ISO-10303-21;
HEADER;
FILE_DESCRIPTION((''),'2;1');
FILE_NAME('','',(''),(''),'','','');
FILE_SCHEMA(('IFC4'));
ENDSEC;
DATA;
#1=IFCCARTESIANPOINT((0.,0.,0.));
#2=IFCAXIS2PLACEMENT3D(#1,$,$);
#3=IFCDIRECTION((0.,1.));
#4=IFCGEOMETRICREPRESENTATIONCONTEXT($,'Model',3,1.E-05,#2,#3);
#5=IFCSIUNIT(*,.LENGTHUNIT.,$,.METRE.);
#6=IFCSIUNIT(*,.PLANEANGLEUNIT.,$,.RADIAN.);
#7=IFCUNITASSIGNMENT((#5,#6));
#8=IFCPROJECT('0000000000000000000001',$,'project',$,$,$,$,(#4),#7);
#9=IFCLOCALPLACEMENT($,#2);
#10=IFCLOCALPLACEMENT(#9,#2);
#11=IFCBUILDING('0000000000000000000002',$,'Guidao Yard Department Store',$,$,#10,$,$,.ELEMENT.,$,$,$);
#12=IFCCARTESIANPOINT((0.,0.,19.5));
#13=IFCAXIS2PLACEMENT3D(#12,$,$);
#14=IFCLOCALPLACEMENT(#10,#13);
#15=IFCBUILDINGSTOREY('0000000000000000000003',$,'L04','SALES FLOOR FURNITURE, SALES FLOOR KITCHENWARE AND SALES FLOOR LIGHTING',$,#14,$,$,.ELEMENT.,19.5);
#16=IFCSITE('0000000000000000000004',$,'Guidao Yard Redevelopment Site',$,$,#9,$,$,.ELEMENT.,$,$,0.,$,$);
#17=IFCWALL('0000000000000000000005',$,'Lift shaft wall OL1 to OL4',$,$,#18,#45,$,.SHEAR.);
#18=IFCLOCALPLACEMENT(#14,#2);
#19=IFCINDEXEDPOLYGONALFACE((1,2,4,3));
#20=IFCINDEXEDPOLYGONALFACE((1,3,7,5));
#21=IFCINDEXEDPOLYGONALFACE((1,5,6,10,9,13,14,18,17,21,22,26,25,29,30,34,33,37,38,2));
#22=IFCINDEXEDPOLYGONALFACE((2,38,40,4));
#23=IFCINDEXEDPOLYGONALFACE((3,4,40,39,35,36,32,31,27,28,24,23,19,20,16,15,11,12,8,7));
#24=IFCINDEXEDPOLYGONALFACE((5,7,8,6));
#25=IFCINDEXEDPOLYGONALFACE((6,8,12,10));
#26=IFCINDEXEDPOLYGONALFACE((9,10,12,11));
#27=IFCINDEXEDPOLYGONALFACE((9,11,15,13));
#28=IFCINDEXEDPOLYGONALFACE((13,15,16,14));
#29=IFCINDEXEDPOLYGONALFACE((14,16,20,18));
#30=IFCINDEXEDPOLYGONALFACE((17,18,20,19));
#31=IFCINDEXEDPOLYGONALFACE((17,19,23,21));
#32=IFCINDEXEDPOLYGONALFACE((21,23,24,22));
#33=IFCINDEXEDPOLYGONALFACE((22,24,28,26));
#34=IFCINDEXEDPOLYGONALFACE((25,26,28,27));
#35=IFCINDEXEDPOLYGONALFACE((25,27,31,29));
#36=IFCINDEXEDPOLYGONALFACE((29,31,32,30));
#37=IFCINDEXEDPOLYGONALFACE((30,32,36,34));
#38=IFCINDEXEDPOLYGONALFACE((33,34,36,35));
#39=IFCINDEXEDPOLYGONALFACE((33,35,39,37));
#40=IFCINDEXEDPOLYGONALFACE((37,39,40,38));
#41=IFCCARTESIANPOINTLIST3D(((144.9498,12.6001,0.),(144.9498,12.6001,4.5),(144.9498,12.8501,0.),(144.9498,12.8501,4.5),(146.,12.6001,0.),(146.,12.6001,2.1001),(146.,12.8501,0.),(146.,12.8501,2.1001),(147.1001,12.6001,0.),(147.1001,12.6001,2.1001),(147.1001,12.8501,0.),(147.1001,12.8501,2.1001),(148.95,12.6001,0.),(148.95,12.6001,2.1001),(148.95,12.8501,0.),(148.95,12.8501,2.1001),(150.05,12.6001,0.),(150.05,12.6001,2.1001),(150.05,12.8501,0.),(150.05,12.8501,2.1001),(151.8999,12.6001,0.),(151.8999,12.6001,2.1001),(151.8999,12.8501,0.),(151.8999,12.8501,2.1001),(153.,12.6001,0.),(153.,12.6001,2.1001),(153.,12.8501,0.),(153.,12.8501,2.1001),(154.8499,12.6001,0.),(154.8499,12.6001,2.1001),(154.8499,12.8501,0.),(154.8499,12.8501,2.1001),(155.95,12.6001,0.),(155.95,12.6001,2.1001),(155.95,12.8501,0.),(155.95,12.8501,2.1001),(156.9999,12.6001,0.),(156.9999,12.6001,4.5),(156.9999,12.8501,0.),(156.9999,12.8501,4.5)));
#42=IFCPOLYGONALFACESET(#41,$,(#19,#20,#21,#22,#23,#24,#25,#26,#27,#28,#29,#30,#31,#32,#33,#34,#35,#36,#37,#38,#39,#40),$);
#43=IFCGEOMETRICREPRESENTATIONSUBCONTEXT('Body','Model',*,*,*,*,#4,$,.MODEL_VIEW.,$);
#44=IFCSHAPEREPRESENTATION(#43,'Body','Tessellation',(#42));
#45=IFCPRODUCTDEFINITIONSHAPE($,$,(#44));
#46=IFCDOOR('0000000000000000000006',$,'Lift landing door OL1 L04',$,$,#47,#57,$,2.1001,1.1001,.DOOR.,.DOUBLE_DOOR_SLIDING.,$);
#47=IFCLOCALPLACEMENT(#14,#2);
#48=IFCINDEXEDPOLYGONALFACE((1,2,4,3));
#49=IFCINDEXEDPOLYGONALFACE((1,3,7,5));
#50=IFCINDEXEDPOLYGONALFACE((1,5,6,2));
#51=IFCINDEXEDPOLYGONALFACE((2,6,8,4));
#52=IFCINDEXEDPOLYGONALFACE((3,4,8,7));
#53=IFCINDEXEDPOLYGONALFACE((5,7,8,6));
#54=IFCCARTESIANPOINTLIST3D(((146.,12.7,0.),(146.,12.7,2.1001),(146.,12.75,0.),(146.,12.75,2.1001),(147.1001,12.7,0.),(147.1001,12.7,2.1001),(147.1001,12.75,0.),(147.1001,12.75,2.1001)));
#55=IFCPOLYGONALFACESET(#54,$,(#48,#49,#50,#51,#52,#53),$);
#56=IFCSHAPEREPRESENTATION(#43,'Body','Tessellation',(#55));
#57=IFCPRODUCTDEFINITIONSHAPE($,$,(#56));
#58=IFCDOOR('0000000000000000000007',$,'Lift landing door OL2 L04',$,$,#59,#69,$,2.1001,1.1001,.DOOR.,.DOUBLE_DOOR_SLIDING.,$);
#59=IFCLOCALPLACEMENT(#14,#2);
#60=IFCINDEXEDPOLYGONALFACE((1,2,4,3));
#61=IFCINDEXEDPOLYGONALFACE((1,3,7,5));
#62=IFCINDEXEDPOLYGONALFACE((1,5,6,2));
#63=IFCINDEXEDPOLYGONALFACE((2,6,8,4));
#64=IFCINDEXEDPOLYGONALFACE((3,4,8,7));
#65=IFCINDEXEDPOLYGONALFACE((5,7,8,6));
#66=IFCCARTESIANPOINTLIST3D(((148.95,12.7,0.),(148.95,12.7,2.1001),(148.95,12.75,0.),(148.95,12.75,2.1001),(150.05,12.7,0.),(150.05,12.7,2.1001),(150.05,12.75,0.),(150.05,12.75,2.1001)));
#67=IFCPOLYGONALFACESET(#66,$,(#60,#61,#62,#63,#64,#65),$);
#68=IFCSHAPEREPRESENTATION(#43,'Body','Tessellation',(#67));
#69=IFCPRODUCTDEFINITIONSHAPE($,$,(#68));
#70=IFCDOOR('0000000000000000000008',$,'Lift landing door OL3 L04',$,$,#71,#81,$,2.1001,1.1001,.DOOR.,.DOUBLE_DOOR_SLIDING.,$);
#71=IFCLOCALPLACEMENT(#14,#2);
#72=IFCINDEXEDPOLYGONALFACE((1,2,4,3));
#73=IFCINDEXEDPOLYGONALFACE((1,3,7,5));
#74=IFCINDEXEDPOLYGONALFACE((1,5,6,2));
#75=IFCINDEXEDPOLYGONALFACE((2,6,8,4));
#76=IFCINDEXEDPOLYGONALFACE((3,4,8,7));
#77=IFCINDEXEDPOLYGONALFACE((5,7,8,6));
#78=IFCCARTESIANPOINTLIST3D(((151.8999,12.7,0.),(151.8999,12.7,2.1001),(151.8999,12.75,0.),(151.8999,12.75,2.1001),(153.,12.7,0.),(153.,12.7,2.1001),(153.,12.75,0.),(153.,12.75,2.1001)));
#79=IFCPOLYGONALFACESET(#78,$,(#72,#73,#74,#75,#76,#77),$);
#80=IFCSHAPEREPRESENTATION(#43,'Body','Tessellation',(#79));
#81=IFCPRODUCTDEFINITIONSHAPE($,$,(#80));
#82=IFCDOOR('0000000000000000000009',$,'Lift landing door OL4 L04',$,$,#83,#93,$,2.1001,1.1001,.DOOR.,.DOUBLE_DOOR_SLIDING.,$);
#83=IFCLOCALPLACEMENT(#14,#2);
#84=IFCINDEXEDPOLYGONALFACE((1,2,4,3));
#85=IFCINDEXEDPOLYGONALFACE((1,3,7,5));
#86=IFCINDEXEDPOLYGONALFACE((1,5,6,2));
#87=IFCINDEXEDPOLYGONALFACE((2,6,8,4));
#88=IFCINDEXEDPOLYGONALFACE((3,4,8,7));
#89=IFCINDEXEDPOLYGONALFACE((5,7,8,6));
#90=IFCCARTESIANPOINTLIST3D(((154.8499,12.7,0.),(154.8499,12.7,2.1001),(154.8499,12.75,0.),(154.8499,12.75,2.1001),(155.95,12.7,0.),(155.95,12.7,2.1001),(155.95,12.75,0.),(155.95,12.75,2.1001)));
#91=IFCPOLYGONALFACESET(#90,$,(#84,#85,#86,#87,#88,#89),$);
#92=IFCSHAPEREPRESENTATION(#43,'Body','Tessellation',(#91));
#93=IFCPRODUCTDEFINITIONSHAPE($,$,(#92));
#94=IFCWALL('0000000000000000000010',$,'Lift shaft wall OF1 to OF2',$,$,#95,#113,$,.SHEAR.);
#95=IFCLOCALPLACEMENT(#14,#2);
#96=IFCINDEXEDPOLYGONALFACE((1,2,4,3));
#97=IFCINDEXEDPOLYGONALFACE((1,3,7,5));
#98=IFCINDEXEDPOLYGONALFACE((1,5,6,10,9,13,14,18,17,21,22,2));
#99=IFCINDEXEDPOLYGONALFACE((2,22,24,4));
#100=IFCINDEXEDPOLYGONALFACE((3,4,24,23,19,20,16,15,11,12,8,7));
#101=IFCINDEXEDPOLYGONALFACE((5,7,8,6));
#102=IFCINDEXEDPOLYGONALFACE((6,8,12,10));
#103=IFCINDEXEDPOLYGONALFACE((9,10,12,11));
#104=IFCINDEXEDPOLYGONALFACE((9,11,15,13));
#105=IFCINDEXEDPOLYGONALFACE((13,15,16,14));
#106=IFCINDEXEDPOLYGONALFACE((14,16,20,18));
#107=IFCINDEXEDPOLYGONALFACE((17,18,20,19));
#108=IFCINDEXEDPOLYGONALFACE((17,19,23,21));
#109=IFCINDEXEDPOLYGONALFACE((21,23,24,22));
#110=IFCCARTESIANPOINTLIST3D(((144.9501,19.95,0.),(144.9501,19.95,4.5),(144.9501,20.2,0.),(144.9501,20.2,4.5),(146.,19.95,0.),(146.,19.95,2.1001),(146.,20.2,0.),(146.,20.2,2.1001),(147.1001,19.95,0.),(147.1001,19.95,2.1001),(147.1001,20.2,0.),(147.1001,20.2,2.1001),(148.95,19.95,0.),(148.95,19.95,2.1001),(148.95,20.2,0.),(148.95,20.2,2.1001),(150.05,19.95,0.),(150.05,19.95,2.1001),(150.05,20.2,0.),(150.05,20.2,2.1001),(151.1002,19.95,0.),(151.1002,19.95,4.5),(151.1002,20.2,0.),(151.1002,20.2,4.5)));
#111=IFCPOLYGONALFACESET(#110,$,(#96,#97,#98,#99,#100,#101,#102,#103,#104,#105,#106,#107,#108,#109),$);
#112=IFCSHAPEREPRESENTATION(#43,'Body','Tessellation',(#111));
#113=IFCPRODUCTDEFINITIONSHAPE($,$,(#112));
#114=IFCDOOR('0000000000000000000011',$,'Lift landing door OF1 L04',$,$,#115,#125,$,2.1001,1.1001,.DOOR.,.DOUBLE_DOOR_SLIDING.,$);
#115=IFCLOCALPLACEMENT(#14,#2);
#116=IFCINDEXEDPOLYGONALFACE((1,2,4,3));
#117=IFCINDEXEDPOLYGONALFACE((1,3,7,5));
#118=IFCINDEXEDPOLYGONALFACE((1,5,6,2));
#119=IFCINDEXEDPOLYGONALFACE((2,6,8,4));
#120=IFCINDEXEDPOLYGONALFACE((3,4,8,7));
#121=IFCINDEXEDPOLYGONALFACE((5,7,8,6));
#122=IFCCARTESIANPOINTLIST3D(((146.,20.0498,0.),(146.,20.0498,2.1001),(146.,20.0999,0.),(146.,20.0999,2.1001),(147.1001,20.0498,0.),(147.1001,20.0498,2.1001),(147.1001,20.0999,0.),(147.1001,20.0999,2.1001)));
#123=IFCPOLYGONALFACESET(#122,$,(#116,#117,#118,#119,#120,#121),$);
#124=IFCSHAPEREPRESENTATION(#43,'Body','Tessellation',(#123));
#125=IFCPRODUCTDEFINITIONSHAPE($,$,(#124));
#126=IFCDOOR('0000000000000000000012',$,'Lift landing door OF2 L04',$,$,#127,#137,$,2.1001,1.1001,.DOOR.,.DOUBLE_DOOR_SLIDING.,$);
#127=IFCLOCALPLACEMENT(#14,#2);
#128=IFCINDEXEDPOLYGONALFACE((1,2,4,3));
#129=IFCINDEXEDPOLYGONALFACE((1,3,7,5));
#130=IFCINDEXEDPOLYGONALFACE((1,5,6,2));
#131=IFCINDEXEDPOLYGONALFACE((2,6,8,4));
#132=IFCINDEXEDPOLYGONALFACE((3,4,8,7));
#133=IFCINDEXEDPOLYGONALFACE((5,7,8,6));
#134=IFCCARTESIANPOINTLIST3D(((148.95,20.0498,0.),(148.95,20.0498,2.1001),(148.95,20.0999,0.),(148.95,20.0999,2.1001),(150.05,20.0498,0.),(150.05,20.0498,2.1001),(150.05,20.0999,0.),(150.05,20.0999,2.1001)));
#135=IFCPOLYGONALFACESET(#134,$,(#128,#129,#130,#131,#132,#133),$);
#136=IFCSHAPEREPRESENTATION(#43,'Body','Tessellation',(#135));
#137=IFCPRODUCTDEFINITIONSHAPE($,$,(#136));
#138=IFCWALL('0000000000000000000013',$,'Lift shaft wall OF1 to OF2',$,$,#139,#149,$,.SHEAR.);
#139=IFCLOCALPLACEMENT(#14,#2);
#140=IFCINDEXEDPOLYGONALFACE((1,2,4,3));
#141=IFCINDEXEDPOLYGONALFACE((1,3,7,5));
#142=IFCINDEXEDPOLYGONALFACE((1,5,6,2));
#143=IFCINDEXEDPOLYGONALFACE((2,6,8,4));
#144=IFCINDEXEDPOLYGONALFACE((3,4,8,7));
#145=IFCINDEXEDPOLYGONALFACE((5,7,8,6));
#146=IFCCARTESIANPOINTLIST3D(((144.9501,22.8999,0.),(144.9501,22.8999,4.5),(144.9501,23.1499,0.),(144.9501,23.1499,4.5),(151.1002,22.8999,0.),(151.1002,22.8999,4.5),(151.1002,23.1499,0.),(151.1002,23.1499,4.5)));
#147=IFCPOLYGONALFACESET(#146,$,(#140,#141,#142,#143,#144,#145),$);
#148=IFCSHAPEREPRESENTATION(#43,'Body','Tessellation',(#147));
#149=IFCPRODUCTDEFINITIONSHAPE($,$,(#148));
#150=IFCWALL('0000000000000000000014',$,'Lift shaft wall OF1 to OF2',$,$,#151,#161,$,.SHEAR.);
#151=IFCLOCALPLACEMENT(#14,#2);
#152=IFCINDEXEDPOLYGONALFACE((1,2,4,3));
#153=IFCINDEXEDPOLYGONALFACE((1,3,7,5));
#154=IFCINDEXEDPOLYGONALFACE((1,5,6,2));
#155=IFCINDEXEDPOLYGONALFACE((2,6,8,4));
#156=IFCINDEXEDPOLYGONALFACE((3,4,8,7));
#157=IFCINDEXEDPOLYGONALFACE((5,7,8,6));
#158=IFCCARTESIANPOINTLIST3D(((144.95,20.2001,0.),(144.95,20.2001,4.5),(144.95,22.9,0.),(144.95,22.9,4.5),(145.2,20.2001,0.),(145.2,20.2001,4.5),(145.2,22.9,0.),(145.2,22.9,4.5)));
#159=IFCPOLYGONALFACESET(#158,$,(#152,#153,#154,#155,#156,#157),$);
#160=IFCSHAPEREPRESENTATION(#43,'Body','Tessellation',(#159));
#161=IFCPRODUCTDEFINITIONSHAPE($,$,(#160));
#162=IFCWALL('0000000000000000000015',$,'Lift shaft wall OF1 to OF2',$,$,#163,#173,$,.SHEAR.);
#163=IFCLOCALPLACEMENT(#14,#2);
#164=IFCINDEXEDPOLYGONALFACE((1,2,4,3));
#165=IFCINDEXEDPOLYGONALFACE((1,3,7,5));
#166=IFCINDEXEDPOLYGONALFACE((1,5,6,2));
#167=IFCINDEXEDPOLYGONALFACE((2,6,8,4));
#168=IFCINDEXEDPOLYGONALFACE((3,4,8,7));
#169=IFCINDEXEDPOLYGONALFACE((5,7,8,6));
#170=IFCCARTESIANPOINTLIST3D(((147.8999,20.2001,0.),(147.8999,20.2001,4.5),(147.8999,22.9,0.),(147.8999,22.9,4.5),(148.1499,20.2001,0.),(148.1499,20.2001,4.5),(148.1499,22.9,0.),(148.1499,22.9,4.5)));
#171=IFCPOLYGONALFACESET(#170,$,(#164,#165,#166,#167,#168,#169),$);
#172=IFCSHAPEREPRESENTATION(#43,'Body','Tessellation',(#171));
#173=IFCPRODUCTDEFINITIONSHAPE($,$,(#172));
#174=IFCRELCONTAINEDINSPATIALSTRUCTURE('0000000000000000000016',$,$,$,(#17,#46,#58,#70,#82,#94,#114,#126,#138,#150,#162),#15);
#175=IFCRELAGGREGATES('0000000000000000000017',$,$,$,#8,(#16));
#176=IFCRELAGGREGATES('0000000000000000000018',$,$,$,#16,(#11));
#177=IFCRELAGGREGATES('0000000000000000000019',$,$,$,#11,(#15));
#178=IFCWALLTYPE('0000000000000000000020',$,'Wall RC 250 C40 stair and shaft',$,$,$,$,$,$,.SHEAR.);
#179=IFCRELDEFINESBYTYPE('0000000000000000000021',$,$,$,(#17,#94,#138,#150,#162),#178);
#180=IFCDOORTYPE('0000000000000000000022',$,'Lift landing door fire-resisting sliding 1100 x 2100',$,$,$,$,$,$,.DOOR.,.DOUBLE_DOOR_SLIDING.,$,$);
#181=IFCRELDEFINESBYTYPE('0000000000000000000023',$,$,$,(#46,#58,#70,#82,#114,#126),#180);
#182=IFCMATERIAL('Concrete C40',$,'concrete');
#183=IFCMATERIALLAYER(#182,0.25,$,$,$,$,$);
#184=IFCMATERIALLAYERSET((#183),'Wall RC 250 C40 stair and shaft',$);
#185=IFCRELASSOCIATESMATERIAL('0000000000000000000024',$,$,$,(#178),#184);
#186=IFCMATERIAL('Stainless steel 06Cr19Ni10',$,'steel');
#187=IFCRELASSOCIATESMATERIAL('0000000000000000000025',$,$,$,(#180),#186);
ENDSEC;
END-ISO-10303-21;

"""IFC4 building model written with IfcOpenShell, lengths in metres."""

from ifc_helpers import new_model, si_unit, direction, frame, frame_2d, origin, place, context, subcontext, project, spatial, rectangle, extrude, material, layer, layer_set, type_object, element, fill, save


model = new_model("IFC4")

# Units and contexts
model_context = context("Model", 3, precision=1e-05, world=origin(), true_north=direction((0.0, 1.0)))
body_context = subcontext(model_context, "Body", "Model", "MODEL_VIEW")
ifc_project = project(units=[si_unit("LENGTHUNIT", "METRE"), si_unit("PLANEANGLEUNIT", "RADIAN")], contexts=[model_context])

# Site, building, storey
site_placement = place(None, origin())
site = spatial("IfcSite", under=ifc_project, at=site_placement, Name="Guidao Yard Redevelopment Site", CompositionType="ELEMENT", RefElevation=0.0)
building_placement = place(site_placement, origin())
building = spatial("IfcBuilding", under=site, at=building_placement, Name="Guidao Yard Department Store", CompositionType="ELEMENT")
storey_placement = place(building_placement, frame((0.0, 0.0, 19.5)))
storey = spatial("IfcBuildingStorey", under=building, at=storey_placement, Name="L04", Description="SALES FLOOR FURNITURE, SALES FLOOR KITCHENWARE AND SALES FLOOR LIGHTING", CompositionType="ELEMENT", Elevation=19.5)

# Walls, openings, doors
ifc_material_1 = material(Name="Concrete C40", Category="concrete")
ifc_layer_1 = layer(ifc_material_1, 0.25)
ifc_layer_set_1 = layer_set([ifc_layer_1], Name="Wall RC 250 C40 stair and shaft")
wall_type_1 = type_object("IfcWallType", Name="Wall RC 250 C40 stair and shaft", PredefinedType="SHEAR", material=ifc_layer_set_1)
wall_1_placement = place(storey_placement, frame((144.95, 12.7251, 0.0), z_axis=(0.0, 0.0, 1.0), x_axis=(1.0, 0.0, 0.0)))
wall_1 = element("IfcWall", 1, at=wall_1_placement, inside=storey, type_object=wall_type_1, Name="Lift shaft wall OL1 to OL4", PredefinedType="SHEAR", context=body_context, shape_type="SweptSolid", body=[
    extrude(rectangle(XDim=12.05, YDim=0.25, at=frame_2d((6.0249, 0.0))), origin(), (0.0, 0.0, 1.0), 4.5),
])
opening_1_placement = place(wall_1_placement, frame((1.05, 0.0, 0.0)))
opening_1 = element("IfcOpeningElement", 2, at=opening_1_placement, cuts=wall_1, PredefinedType="OPENING", context=body_context, shape_type="SweptSolid", body=[
    extrude(rectangle(XDim=1.1001, YDim=2.1001, at=frame_2d((0.55, 1.05))), frame((0.0, 0.135, 0.0), z_axis=(0.0, -1.0, 0.0), x_axis=(1.0, 0.0, 0.0)), (0.0, 0.0, 1.0), 0.27),
])
opening_2_placement = place(wall_1_placement, frame((4.0, 0.0, 0.0)))
opening_2 = element("IfcOpeningElement", 3, at=opening_2_placement, cuts=wall_1, PredefinedType="OPENING", context=body_context, shape_type="SweptSolid", body=[
    extrude(rectangle(XDim=1.1001, YDim=2.1001, at=frame_2d((0.55, 1.05))), frame((0.0, 0.135, 0.0), z_axis=(0.0, -1.0, 0.0), x_axis=(1.0, 0.0, 0.0)), (0.0, 0.0, 1.0), 0.27),
])
opening_3_placement = place(wall_1_placement, frame((6.95, 0.0, 0.0)))
opening_3 = element("IfcOpeningElement", 4, at=opening_3_placement, cuts=wall_1, PredefinedType="OPENING", context=body_context, shape_type="SweptSolid", body=[
    extrude(rectangle(XDim=1.1001, YDim=2.1001, at=frame_2d((0.55, 1.05))), frame((0.0, 0.135, 0.0), z_axis=(0.0, -1.0, 0.0), x_axis=(1.0, 0.0, 0.0)), (0.0, 0.0, 1.0), 0.27),
])
opening_4_placement = place(wall_1_placement, frame((9.8999, 0.0, 0.0)))
opening_4 = element("IfcOpeningElement", 5, at=opening_4_placement, cuts=wall_1, PredefinedType="OPENING", context=body_context, shape_type="SweptSolid", body=[
    extrude(rectangle(XDim=1.1001, YDim=2.1001, at=frame_2d((0.55, 1.05))), frame((0.0, 0.135, 0.0), z_axis=(0.0, -1.0, 0.0), x_axis=(1.0, 0.0, 0.0)), (0.0, 0.0, 1.0), 0.27),
])
ifc_material_2 = material(Name="Stainless steel 06Cr19Ni10", Category="steel")
door_type_1 = type_object("IfcDoorType", Name="Lift landing door fire-resisting sliding 1100 x 2100", OperationType="DOUBLE_DOOR_SLIDING", PredefinedType="DOOR", material=ifc_material_2)
door_1_placement = place(opening_1_placement, origin())
door_1 = element("IfcDoor", 6, at=door_1_placement, inside=storey, type_object=door_type_1, Name="Lift landing door OL1 L04", OperationType="DOUBLE_DOOR_SLIDING", OverallHeight=2.1001, OverallWidth=1.1001, PredefinedType="DOOR", context=body_context, shape_type="SweptSolid", body=[
    extrude(rectangle(XDim=1.1001, YDim=2.1001, at=frame_2d((0.55, 1.05))), frame((0.0, 0.0249, 0.0), z_axis=(0.0, -1.0, 0.0), x_axis=(1.0, 0.0, 0.0)), (0.0, 0.0, 1.0), 0.05),
])
fill(opening_1, door_1)
door_2_placement = place(opening_2_placement, origin())
door_2 = element("IfcDoor", 7, at=door_2_placement, inside=storey, type_object=door_type_1, Name="Lift landing door OL2 L04", OperationType="DOUBLE_DOOR_SLIDING", OverallHeight=2.1001, OverallWidth=1.1001, PredefinedType="DOOR", context=body_context, shape_type="SweptSolid", body=[
    extrude(rectangle(XDim=1.1001, YDim=2.1001, at=frame_2d((0.55, 1.05))), frame((0.0, 0.0249, 0.0), z_axis=(0.0, -1.0, 0.0), x_axis=(1.0, 0.0, 0.0)), (0.0, 0.0, 1.0), 0.05),
])
fill(opening_2, door_2)
door_3_placement = place(opening_3_placement, origin())
door_3 = element("IfcDoor", 8, at=door_3_placement, inside=storey, type_object=door_type_1, Name="Lift landing door OL3 L04", OperationType="DOUBLE_DOOR_SLIDING", OverallHeight=2.1001, OverallWidth=1.1001, PredefinedType="DOOR", context=body_context, shape_type="SweptSolid", body=[
    extrude(rectangle(XDim=1.1001, YDim=2.1001, at=frame_2d((0.55, 1.05))), frame((0.0, 0.0249, 0.0), z_axis=(0.0, -1.0, 0.0), x_axis=(1.0, 0.0, 0.0)), (0.0, 0.0, 1.0), 0.05),
])
fill(opening_3, door_3)
door_4_placement = place(opening_4_placement, origin())
door_4 = element("IfcDoor", 9, at=door_4_placement, inside=storey, type_object=door_type_1, Name="Lift landing door OL4 L04", OperationType="DOUBLE_DOOR_SLIDING", OverallHeight=2.1001, OverallWidth=1.1001, PredefinedType="DOOR", context=body_context, shape_type="SweptSolid", body=[
    extrude(rectangle(XDim=1.1001, YDim=2.1001, at=frame_2d((0.55, 1.05))), frame((0.0, 0.0249, 0.0), z_axis=(0.0, -1.0, 0.0), x_axis=(1.0, 0.0, 0.0)), (0.0, 0.0, 1.0), 0.05),
])
fill(opening_4, door_4)
wall_2_placement = place(storey_placement, frame((144.95, 20.075, 0.0), z_axis=(0.0, 0.0, 1.0), x_axis=(1.0, 0.0, 0.0)))
wall_2 = element("IfcWall", 10, at=wall_2_placement, inside=storey, type_object=wall_type_1, Name="Lift shaft wall OF1 to OF2", PredefinedType="SHEAR", context=body_context, shape_type="SweptSolid", body=[
    extrude(rectangle(XDim=6.1501, YDim=0.25, at=frame_2d((3.0752, 0.0))), origin(), (0.0, 0.0, 1.0), 4.5),
])
opening_5_placement = place(wall_2_placement, frame((1.05, 0.0, 0.0)))
opening_5 = element("IfcOpeningElement", 11, at=opening_5_placement, cuts=wall_2, PredefinedType="OPENING", context=body_context, shape_type="SweptSolid", body=[
    extrude(rectangle(XDim=1.1001, YDim=2.1001, at=frame_2d((0.55, 1.05))), frame((0.0, 0.135, 0.0), z_axis=(0.0, -1.0, 0.0), x_axis=(1.0, 0.0, 0.0)), (0.0, 0.0, 1.0), 0.27),
])
opening_6_placement = place(wall_2_placement, frame((4.0, 0.0, 0.0)))
opening_6 = element("IfcOpeningElement", 12, at=opening_6_placement, cuts=wall_2, PredefinedType="OPENING", context=body_context, shape_type="SweptSolid", body=[
    extrude(rectangle(XDim=1.1001, YDim=2.1001, at=frame_2d((0.55, 1.05))), frame((0.0, 0.135, 0.0), z_axis=(0.0, -1.0, 0.0), x_axis=(1.0, 0.0, 0.0)), (0.0, 0.0, 1.0), 0.27),
])
door_5_placement = place(opening_5_placement, origin())
door_5 = element("IfcDoor", 13, at=door_5_placement, inside=storey, type_object=door_type_1, Name="Lift landing door OF1 L04", OperationType="DOUBLE_DOOR_SLIDING", OverallHeight=2.1001, OverallWidth=1.1001, PredefinedType="DOOR", context=body_context, shape_type="SweptSolid", body=[
    extrude(rectangle(XDim=1.1001, YDim=2.1001, at=frame_2d((0.55, 1.05))), frame((0.0, 0.0249, 0.0), z_axis=(0.0, -1.0, 0.0), x_axis=(1.0, 0.0, 0.0)), (0.0, 0.0, 1.0), 0.05),
])
fill(opening_5, door_5)
door_6_placement = place(opening_6_placement, origin())
door_6 = element("IfcDoor", 14, at=door_6_placement, inside=storey, type_object=door_type_1, Name="Lift landing door OF2 L04", OperationType="DOUBLE_DOOR_SLIDING", OverallHeight=2.1001, OverallWidth=1.1001, PredefinedType="DOOR", context=body_context, shape_type="SweptSolid", body=[
    extrude(rectangle(XDim=1.1001, YDim=2.1001, at=frame_2d((0.55, 1.05))), frame((0.0, 0.0249, 0.0), z_axis=(0.0, -1.0, 0.0), x_axis=(1.0, 0.0, 0.0)), (0.0, 0.0, 1.0), 0.05),
])
fill(opening_6, door_6)

# Walls
wall_3_placement = place(storey_placement, frame((144.95, 23.0249, 0.0), z_axis=(0.0, 0.0, 1.0), x_axis=(1.0, 0.0, 0.0)))
element("IfcWall", 15, at=wall_3_placement, inside=storey, type_object=wall_type_1, Name="Lift shaft wall OF1 to OF2", PredefinedType="SHEAR", context=body_context, shape_type="SweptSolid", body=[
    extrude(rectangle(XDim=6.1501, YDim=0.25, at=frame_2d((3.0752, 0.0))), origin(), (0.0, 0.0, 1.0), 4.5),
])
for number, where, z_axis, x_axis, name in (
    (16, (145.075, 20.2, 0.0), (0.0, 0.0, 1.0), (0.0, 1.0, 0.0), "Lift shaft wall OF1 to OF2"),
    (17, (148.0249, 20.2, 0.0), (0.0, 0.0, 1.0), (0.0, 1.0, 0.0), "Lift shaft wall OF1 to OF2"),
):
    element("IfcWall", number, at=place(storey_placement, frame(where, z_axis=z_axis, x_axis=x_axis)), inside=storey, type_object=wall_type_1, Name=name, PredefinedType="SHEAR", context=body_context, shape_type="SweptSolid", body=[
        extrude(rectangle(XDim=2.7, YDim=0.25, at=frame_2d((1.3501, 0.0))), origin(), (0.0, 0.0, 1.0), 4.5),
    ])

save(model, "model.ifc")
